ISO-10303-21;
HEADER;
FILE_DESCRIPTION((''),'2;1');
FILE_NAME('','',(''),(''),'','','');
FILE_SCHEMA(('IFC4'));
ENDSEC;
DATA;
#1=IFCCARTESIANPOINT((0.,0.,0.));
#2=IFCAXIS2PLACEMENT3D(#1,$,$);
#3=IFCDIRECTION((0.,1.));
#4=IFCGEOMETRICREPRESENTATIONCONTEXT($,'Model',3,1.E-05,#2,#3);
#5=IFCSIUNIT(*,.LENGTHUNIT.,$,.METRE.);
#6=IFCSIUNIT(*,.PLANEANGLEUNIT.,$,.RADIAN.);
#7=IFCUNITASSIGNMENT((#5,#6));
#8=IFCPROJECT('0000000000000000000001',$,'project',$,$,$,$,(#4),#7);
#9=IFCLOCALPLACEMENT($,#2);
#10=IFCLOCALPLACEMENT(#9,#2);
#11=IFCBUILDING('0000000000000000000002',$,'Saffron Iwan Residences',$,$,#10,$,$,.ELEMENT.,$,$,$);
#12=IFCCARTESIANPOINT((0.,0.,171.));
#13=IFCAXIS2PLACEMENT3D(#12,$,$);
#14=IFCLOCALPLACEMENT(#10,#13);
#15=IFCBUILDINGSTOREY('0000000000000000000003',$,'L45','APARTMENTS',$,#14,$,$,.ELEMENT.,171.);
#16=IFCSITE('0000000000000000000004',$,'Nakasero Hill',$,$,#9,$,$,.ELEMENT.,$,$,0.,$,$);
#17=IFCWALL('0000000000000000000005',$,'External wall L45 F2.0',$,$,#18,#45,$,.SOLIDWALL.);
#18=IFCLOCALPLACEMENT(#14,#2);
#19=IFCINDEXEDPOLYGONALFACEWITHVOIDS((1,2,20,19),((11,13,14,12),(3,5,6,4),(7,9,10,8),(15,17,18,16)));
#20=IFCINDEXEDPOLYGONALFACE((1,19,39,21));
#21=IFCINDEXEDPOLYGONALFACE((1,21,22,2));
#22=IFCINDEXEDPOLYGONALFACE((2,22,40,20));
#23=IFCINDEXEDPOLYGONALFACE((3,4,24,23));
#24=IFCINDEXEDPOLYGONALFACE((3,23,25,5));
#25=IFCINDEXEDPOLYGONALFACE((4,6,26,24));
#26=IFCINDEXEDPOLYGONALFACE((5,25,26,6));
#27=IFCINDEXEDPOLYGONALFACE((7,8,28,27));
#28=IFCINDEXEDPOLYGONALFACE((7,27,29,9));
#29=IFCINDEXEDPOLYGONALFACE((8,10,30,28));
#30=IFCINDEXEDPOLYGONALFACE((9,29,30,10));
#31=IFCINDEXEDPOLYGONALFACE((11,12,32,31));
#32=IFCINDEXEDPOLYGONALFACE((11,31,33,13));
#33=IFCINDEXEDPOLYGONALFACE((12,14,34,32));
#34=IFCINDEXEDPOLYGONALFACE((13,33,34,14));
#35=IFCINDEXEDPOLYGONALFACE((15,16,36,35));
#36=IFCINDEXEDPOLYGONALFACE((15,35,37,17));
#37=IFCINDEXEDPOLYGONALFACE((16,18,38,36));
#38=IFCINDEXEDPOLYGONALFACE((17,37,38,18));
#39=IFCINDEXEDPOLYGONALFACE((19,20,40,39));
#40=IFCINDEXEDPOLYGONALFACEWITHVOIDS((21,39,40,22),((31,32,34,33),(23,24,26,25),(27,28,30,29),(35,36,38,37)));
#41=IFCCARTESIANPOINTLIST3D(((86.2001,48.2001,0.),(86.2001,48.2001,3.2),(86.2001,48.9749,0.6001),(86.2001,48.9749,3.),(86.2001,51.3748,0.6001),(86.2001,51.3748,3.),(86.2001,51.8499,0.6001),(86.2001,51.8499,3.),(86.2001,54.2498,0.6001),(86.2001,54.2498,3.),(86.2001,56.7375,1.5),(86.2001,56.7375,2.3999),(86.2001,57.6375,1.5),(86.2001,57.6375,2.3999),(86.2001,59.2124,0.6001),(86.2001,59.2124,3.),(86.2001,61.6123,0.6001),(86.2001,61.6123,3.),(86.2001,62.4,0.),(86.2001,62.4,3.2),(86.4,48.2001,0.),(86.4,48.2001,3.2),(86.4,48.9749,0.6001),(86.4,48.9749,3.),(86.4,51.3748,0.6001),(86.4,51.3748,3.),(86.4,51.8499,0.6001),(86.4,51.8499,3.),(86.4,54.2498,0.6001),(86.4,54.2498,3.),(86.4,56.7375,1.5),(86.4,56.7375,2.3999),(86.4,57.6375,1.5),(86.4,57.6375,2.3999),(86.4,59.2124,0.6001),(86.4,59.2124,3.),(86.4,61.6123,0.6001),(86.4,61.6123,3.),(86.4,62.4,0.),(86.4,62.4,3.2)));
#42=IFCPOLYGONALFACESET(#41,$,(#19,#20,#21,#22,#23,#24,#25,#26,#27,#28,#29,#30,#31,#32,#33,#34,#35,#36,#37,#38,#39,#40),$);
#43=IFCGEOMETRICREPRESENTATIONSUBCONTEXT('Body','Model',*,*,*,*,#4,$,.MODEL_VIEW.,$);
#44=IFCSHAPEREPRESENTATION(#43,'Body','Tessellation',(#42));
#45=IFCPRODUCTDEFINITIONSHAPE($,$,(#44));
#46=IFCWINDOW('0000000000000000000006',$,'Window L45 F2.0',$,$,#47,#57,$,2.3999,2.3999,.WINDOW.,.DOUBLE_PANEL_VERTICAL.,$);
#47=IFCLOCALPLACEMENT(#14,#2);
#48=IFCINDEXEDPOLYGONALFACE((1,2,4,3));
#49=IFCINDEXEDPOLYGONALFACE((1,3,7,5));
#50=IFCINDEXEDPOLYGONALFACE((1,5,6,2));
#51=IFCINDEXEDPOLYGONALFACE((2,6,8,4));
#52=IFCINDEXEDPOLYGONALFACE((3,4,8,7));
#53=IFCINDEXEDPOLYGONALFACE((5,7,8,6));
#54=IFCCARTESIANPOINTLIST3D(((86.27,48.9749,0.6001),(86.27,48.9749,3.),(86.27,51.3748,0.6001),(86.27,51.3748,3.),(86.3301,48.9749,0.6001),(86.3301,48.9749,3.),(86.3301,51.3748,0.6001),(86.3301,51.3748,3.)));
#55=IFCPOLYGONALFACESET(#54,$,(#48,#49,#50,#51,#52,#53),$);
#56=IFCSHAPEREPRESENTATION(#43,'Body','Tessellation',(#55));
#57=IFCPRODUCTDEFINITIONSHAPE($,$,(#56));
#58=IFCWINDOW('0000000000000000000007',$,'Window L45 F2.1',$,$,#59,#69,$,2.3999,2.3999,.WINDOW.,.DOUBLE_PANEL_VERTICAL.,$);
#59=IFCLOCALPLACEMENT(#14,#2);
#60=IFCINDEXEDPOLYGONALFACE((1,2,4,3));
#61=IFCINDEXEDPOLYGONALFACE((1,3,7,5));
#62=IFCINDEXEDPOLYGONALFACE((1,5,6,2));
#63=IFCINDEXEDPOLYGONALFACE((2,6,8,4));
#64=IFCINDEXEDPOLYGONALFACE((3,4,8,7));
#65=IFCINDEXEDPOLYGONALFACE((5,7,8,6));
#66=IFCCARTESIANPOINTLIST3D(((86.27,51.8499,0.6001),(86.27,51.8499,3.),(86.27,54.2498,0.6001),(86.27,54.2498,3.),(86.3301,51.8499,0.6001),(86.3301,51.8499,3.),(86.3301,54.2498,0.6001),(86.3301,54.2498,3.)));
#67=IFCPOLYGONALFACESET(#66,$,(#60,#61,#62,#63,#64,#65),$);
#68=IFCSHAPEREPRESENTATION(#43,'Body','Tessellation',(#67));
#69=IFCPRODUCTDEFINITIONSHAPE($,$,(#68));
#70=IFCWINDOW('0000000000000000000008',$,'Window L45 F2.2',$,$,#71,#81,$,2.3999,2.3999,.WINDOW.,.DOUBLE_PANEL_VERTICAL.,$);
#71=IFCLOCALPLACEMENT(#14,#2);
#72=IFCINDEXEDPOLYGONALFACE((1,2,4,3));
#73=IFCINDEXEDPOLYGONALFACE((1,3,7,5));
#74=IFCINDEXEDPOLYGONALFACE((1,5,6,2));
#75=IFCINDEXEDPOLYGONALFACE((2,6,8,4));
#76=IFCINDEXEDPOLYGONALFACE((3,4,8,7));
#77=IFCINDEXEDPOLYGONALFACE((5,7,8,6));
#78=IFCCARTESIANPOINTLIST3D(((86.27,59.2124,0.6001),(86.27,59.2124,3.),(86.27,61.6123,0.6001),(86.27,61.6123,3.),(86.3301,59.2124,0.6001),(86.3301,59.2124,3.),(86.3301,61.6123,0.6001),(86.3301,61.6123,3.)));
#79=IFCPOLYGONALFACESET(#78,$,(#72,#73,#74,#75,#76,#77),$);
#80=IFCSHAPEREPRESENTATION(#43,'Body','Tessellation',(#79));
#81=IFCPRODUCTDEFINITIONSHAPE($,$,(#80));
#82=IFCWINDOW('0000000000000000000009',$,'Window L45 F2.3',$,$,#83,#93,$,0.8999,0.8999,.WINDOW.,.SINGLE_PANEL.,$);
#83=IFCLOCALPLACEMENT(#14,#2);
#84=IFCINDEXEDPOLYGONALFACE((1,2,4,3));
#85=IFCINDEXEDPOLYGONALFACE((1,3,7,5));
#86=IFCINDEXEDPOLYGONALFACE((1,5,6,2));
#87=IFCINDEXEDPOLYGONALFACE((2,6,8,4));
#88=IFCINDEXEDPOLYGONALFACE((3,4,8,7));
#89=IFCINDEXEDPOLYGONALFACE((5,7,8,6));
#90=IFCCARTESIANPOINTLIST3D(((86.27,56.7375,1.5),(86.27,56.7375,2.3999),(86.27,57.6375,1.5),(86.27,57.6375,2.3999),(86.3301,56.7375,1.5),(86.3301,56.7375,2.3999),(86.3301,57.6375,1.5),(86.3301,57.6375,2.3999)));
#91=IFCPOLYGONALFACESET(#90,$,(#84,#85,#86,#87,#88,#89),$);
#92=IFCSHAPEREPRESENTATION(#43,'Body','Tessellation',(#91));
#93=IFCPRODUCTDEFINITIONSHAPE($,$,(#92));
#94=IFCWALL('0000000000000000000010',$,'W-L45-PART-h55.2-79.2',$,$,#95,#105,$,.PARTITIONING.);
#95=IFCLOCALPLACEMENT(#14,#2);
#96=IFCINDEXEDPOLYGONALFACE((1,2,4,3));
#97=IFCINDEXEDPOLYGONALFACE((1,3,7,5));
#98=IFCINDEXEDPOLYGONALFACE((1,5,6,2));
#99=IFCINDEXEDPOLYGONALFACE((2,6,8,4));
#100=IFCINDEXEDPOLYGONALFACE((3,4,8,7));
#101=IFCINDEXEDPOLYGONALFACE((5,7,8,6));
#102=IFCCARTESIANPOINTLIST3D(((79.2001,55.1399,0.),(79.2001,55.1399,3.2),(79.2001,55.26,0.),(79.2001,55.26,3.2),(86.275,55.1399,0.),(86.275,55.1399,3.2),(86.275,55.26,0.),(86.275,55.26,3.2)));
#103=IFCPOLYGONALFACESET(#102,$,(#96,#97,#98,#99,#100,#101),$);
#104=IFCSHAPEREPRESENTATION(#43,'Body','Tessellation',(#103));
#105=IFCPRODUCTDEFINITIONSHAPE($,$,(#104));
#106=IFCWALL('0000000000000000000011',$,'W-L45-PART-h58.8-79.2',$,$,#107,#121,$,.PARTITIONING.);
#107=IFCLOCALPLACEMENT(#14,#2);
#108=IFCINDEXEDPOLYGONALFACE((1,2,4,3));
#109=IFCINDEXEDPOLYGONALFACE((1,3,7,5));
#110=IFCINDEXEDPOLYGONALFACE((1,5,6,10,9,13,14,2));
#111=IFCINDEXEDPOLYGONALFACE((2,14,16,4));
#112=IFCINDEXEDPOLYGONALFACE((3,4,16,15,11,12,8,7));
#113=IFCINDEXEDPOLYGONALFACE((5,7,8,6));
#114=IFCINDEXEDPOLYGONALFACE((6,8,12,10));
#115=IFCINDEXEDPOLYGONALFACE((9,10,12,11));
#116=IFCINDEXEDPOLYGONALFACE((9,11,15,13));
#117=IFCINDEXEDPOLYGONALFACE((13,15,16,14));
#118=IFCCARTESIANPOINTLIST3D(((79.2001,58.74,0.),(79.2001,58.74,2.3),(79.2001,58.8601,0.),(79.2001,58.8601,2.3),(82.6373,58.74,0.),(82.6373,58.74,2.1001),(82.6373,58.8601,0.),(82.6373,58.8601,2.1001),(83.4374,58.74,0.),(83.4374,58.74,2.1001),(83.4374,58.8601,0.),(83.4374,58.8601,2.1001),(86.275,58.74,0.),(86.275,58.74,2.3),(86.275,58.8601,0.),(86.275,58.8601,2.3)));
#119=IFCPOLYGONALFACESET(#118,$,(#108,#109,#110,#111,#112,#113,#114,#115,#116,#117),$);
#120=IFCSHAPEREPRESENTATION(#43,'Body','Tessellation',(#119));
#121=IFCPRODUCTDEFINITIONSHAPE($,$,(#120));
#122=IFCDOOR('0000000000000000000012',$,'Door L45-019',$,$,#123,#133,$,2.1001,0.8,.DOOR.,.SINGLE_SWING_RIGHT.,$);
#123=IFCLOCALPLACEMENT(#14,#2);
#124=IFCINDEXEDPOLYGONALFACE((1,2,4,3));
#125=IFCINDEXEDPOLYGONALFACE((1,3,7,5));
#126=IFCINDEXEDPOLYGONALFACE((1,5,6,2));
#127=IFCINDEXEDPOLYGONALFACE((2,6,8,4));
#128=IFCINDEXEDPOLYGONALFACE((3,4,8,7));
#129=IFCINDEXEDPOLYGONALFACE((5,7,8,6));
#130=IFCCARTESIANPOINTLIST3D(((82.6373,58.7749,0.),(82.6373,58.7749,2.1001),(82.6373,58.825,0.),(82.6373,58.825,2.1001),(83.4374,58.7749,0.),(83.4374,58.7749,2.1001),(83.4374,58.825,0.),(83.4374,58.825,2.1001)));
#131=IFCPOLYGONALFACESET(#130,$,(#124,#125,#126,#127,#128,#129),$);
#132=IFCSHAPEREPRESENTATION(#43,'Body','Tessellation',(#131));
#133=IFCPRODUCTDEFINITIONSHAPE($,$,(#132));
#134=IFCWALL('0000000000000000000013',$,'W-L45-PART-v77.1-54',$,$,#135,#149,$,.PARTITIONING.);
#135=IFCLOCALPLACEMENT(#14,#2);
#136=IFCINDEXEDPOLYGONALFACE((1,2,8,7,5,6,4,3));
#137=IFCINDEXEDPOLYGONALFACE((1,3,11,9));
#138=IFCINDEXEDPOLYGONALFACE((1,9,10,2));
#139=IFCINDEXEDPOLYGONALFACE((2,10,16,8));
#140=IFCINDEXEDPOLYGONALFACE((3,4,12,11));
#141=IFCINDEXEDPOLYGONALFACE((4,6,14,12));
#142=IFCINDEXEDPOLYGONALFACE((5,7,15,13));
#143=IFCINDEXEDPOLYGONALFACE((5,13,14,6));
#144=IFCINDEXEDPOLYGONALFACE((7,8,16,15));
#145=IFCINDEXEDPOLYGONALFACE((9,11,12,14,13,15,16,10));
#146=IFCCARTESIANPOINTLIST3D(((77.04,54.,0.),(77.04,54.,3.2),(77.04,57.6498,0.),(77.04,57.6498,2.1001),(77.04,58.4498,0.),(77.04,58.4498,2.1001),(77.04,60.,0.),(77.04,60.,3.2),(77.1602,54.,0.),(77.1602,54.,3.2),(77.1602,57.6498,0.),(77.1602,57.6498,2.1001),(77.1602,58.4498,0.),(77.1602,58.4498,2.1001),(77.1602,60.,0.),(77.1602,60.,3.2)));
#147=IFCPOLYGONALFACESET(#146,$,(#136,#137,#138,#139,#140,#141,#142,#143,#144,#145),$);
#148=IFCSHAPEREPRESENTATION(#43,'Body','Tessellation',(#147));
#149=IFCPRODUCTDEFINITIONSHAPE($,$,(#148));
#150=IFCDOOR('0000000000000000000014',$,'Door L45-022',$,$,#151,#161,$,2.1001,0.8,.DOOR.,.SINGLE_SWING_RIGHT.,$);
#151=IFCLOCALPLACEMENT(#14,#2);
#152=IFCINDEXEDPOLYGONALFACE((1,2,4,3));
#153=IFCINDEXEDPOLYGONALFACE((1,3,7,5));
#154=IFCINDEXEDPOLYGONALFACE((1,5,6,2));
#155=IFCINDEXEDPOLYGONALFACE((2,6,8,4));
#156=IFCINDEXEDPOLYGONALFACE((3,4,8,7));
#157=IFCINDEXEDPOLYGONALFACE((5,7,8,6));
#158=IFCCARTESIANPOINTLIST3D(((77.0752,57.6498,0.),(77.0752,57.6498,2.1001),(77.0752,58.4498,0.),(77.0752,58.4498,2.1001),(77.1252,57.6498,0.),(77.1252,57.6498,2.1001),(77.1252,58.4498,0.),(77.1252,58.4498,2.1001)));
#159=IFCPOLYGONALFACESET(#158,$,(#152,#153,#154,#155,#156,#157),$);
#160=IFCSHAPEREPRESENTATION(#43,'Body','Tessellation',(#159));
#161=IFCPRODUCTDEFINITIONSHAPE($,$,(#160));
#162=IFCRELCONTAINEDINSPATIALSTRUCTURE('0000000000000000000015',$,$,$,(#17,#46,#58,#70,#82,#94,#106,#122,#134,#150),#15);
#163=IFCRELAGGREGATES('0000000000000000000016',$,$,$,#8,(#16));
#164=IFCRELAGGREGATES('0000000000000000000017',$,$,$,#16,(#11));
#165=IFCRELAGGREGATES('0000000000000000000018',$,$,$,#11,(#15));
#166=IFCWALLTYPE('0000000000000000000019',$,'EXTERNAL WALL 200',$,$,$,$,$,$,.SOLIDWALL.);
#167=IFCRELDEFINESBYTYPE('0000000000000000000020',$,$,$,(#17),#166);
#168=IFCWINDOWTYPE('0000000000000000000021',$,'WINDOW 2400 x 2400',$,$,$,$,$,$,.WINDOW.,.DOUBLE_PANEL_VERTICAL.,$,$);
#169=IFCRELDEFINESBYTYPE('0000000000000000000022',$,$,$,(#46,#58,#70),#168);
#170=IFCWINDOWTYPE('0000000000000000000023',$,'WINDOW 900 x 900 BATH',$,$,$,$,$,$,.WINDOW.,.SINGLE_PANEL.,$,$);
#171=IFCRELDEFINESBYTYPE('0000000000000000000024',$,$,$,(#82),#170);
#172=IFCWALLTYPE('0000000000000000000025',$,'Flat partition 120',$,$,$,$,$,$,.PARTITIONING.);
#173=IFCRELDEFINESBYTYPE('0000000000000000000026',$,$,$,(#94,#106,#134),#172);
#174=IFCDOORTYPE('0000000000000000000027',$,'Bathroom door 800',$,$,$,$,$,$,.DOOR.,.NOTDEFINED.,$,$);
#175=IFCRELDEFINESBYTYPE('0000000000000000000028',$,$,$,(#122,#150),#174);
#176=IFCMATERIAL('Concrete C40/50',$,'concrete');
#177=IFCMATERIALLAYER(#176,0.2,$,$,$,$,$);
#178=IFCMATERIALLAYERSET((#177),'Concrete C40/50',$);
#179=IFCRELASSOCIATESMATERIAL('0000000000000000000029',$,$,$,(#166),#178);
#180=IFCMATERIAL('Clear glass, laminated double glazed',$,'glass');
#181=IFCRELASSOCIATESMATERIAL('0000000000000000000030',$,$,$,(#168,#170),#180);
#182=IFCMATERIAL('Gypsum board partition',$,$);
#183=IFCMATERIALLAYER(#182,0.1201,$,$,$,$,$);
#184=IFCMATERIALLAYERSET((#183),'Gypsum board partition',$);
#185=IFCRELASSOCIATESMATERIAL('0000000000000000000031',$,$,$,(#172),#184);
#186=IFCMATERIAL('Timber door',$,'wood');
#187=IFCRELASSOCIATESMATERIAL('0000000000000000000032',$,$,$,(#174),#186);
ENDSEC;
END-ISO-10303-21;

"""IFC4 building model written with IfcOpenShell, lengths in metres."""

from ifc_helpers import new_model, si_unit, direction, frame, frame_2d, origin, place, context, subcontext, project, spatial, rectangle, extrude, material, layer, layer_set, type_object, element, fill, save


model = new_model("IFC4")

# Units and contexts
model_context = context("Model", 3, precision=1e-05, world=origin(), true_north=direction((0.0, 1.0)))
body_context = subcontext(model_context, "Body", "Model", "MODEL_VIEW")
ifc_project = project(units=[si_unit("LENGTHUNIT", "METRE"), si_unit("PLANEANGLEUNIT", "RADIAN")], contexts=[model_context])

# Site, building, storey
site_placement = place(None, origin())
site = spatial("IfcSite", under=ifc_project, at=site_placement, Name="Nakasero Hill", CompositionType="ELEMENT", RefElevation=0.0)
building_placement = place(site_placement, origin())
building = spatial("IfcBuilding", under=site, at=building_placement, Name="Saffron Iwan Residences", CompositionType="ELEMENT")
storey_placement = place(building_placement, frame((0.0, 0.0, 171.0)))
storey = spatial("IfcBuildingStorey", under=building, at=storey_placement, Name="L45", Description="APARTMENTS", CompositionType="ELEMENT", Elevation=171.0)

# Shared definitions
ifc_material_1 = material(Name="Concrete C40/50", Category="concrete")
ifc_layer_1 = layer(ifc_material_1, 0.2)
ifc_layer_set_1 = layer_set([ifc_layer_1], Name="Concrete C40/50")
wall_type_1 = type_object("IfcWallType", Name="EXTERNAL WALL 200", PredefinedType="SOLIDWALL", material=ifc_layer_set_1)
ifc_material_2 = material(Name="Clear glass, laminated double glazed", Category="glass")
window_type_1 = type_object("IfcWindowType", Name="WINDOW 2400 x 2400", PartitioningType="DOUBLE_PANEL_VERTICAL", PredefinedType="WINDOW", material=ifc_material_2)

# Wall, openings, windows
wall_1_placement = place(storey_placement, frame((86.3, 48.2, 0.0), z_axis=(0.0, 0.0, 1.0), x_axis=(0.0, 1.0, 0.0)))
wall_1 = element("IfcWall", 1, at=wall_1_placement, inside=storey, type_object=wall_type_1, Name="External wall L45 F2.0", PredefinedType="SOLIDWALL", context=body_context, shape_type="SweptSolid", body=[
    extrude(rectangle(XDim=14.2, YDim=0.2, at=frame_2d((7.1001, 0.0))), origin(), (0.0, 0.0, 1.0), 3.2),
])
opening_1_placement = place(wall_1_placement, frame((0.7749, 0.0, 0.6001)))
opening_1 = element("IfcOpeningElement", 2, at=opening_1_placement, cuts=wall_1, PredefinedType="OPENING", context=body_context, shape_type="SweptSolid", body=[
    extrude(rectangle(XDim=2.3999, YDim=2.3999, at=frame_2d((1.2, 1.2))), frame((0.0, 0.1099, 0.0), z_axis=(0.0, -1.0, 0.0), x_axis=(1.0, 0.0, 0.0)), (0.0, 0.0, 1.0), 0.22),
])
opening_2_placement = place(wall_1_placement, frame((3.6499, 0.0, 0.6001)))
opening_2 = element("IfcOpeningElement", 3, at=opening_2_placement, cuts=wall_1, PredefinedType="OPENING", context=body_context, shape_type="SweptSolid", body=[
    extrude(rectangle(XDim=2.3999, YDim=2.3999, at=frame_2d((1.2, 1.2))), frame((0.0, 0.1099, 0.0), z_axis=(0.0, -1.0, 0.0), x_axis=(1.0, 0.0, 0.0)), (0.0, 0.0, 1.0), 0.22),
])
opening_3_placement = place(wall_1_placement, frame((11.0125, 0.0, 0.6001)))
opening_3 = element("IfcOpeningElement", 4, at=opening_3_placement, cuts=wall_1, PredefinedType="OPENING", context=body_context, shape_type="SweptSolid", body=[
    extrude(rectangle(XDim=2.3999, YDim=2.3999, at=frame_2d((1.2, 1.2))), frame((0.0, 0.1099, 0.0), z_axis=(0.0, -1.0, 0.0), x_axis=(1.0, 0.0, 0.0)), (0.0, 0.0, 1.0), 0.22),
])
opening_4_placement = place(wall_1_placement, frame((8.5376, 0.0, 1.5)))
opening_4 = element("IfcOpeningElement", 5, at=opening_4_placement, cuts=wall_1, PredefinedType="OPENING", context=body_context, shape_type="SweptSolid", body=[
    extrude(rectangle(XDim=0.8999, YDim=0.8999, at=frame_2d((0.45, 0.45))), frame((0.0, 0.1099, 0.0), z_axis=(0.0, -1.0, 0.0), x_axis=(1.0, 0.0, 0.0)), (0.0, 0.0, 1.0), 0.22),
])
window_1_placement = place(opening_1_placement, origin())
window_1 = element("IfcWindow", 6, at=window_1_placement, inside=storey, type_object=window_type_1, Name="Window L45 F2.0", OverallHeight=2.3999, OverallWidth=2.3999, PartitioningType="DOUBLE_PANEL_VERTICAL", PredefinedType="WINDOW", context=body_context, shape_type="SweptSolid", body=[
    extrude(rectangle(XDim=2.3999, YDim=2.3999, at=frame_2d((1.2, 1.2))), frame((0.0, 0.03, 0.0), z_axis=(0.0, -1.0, 0.0), x_axis=(1.0, 0.0, 0.0)), (0.0, 0.0, 1.0), 0.0601),
])
fill(opening_1, window_1)
window_2_placement = place(opening_2_placement, origin())
window_2 = element("IfcWindow", 7, at=window_2_placement, inside=storey, type_object=window_type_1, Name="Window L45 F2.1", OverallHeight=2.3999, OverallWidth=2.3999, PartitioningType="DOUBLE_PANEL_VERTICAL", PredefinedType="WINDOW", context=body_context, shape_type="SweptSolid", body=[
    extrude(rectangle(XDim=2.3999, YDim=2.3999, at=frame_2d((1.2, 1.2))), frame((0.0, 0.03, 0.0), z_axis=(0.0, -1.0, 0.0), x_axis=(1.0, 0.0, 0.0)), (0.0, 0.0, 1.0), 0.0601),
])
fill(opening_2, window_2)
window_3_placement = place(opening_3_placement, origin())
window_3 = element("IfcWindow", 8, at=window_3_placement, inside=storey, type_object=window_type_1, Name="Window L45 F2.2", OverallHeight=2.3999, OverallWidth=2.3999, PartitioningType="DOUBLE_PANEL_VERTICAL", PredefinedType="WINDOW", context=body_context, shape_type="SweptSolid", body=[
    extrude(rectangle(XDim=2.3999, YDim=2.3999, at=frame_2d((1.2, 1.2))), frame((0.0, 0.03, 0.0), z_axis=(0.0, -1.0, 0.0), x_axis=(1.0, 0.0, 0.0)), (0.0, 0.0, 1.0), 0.0601),
])
fill(opening_3, window_3)
window_type_2 = type_object("IfcWindowType", Name="WINDOW 900 x 900 BATH", PartitioningType="SINGLE_PANEL", PredefinedType="WINDOW", material=ifc_material_2)
window_4_placement = place(opening_4_placement, origin())
window_4 = element("IfcWindow", 9, at=window_4_placement, inside=storey, type_object=window_type_2, Name="Window L45 F2.3", OverallHeight=0.8999, OverallWidth=0.8999, PartitioningType="SINGLE_PANEL", PredefinedType="WINDOW", context=body_context, shape_type="SweptSolid", body=[
    extrude(rectangle(XDim=0.8999, YDim=0.8999, at=frame_2d((0.45, 0.45))), frame((0.0, 0.03, 0.0), z_axis=(0.0, -1.0, 0.0), x_axis=(1.0, 0.0, 0.0)), (0.0, 0.0, 1.0), 0.0601),
])
fill(opening_4, window_4)

# Wall
ifc_material_3 = material(Name="Gypsum board partition")
ifc_layer_2 = layer(ifc_material_3, 0.1201)
ifc_layer_set_2 = layer_set([ifc_layer_2], Name="Gypsum board partition")
wall_type_2 = type_object("IfcWallType", Name="Flat partition 120", PredefinedType="PARTITIONING", material=ifc_layer_set_2)
wall_2_placement = place(storey_placement, frame((79.2, 55.2, 0.0), z_axis=(0.0, 0.0, 1.0), x_axis=(1.0, 0.0, 0.0)))
element("IfcWall", 10, at=wall_2_placement, inside=storey, type_object=wall_type_2, Name="W-L45-PART-h55.2-79.2", PredefinedType="PARTITIONING", context=body_context, shape_type="SweptSolid", body=[
    extrude(rectangle(XDim=7.075, YDim=0.1201, at=frame_2d((3.5376, 0.0))), origin(), (0.0, 0.0, 1.0), 3.2),
])

# Walls, openings, doors
wall_3_placement = place(storey_placement, frame((79.2, 58.8, 0.0), z_axis=(0.0, 0.0, 1.0), x_axis=(1.0, 0.0, 0.0)))
wall_3 = element("IfcWall", 11, at=wall_3_placement, inside=storey, type_object=wall_type_2, Name="W-L45-PART-h58.8-79.2", PredefinedType="PARTITIONING", context=body_context, shape_type="SweptSolid", body=[
    extrude(rectangle(XDim=7.075, YDim=0.1201, at=frame_2d((3.5376, 0.0))), origin(), (0.0, 0.0, 1.0), 2.3),
])
opening_5_placement = place(wall_3_placement, frame((3.4375, 0.0, 0.0)))
opening_5 = element("IfcOpeningElement", 12, at=opening_5_placement, cuts=wall_3, PredefinedType="OPENING", context=body_context, shape_type="SweptSolid", body=[
    extrude(rectangle(XDim=0.8, YDim=2.1001, at=frame_2d((0.3999, 1.05))), frame((0.0, 0.0701, 0.0), z_axis=(0.0, -1.0, 0.0), x_axis=(1.0, 0.0, 0.0)), (0.0, 0.0, 1.0), 0.1401),
])
ifc_material_4 = material(Name="Timber door", Category="wood")
door_type_1 = type_object("IfcDoorType", Name="Bathroom door 800", OperationType="NOTDEFINED", PredefinedType="DOOR", material=ifc_material_4)
door_1_placement = place(opening_5_placement, origin())
door_1 = element("IfcDoor", 13, at=door_1_placement, inside=storey, type_object=door_type_1, Name="Door L45-019", OperationType="SINGLE_SWING_RIGHT", OverallHeight=2.1001, OverallWidth=0.8, PredefinedType="DOOR", context=body_context, shape_type="SweptSolid", body=[
    extrude(rectangle(XDim=0.8, YDim=2.1001, at=frame_2d((0.3999, 1.05))), frame((0.0, 0.0249, 0.0), z_axis=(0.0, -1.0, 0.0), x_axis=(1.0, 0.0, 0.0)), (0.0, 0.0, 1.0), 0.05),
])
fill(opening_5, door_1)
wall_4_placement = place(storey_placement, frame((77.1001, 54.0, 0.0), z_axis=(0.0, 0.0, 1.0), x_axis=(0.0, 1.0, 0.0)))
wall_4 = element("IfcWall", 14, at=wall_4_placement, inside=storey, type_object=wall_type_2, Name="W-L45-PART-v77.1-54", PredefinedType="PARTITIONING", context=body_context, shape_type="SweptSolid", body=[
    extrude(rectangle(XDim=6.0, YDim=0.1201, at=frame_2d((3.0, 0.0))), origin(), (0.0, 0.0, 1.0), 3.2),
])
opening_6_placement = place(wall_4_placement, frame((3.6499, 0.0, 0.0)))
opening_6 = element("IfcOpeningElement", 15, at=opening_6_placement, cuts=wall_4, PredefinedType="OPENING", context=body_context, shape_type="SweptSolid", body=[
    extrude(rectangle(XDim=0.8, YDim=2.1001, at=frame_2d((0.3999, 1.05))), frame((0.0, 0.0701, 0.0), z_axis=(0.0, -1.0, 0.0), x_axis=(1.0, 0.0, 0.0)), (0.0, 0.0, 1.0), 0.1401),
])
door_2_placement = place(opening_6_placement, origin())
door_2 = element("IfcDoor", 16, at=door_2_placement, inside=storey, type_object=door_type_1, Name="Door L45-022", OperationType="SINGLE_SWING_RIGHT", OverallHeight=2.1001, OverallWidth=0.8, PredefinedType="DOOR", context=body_context, shape_type="SweptSolid", body=[
    extrude(rectangle(XDim=0.8, YDim=2.1001, at=frame_2d((0.3999, 1.05))), frame((0.0, 0.0249, 0.0), z_axis=(0.0, -1.0, 0.0), x_axis=(1.0, 0.0, 0.0)), (0.0, 0.0, 1.0), 0.05),
])
fill(opening_6, door_2)

save(model, "model.ifc")
